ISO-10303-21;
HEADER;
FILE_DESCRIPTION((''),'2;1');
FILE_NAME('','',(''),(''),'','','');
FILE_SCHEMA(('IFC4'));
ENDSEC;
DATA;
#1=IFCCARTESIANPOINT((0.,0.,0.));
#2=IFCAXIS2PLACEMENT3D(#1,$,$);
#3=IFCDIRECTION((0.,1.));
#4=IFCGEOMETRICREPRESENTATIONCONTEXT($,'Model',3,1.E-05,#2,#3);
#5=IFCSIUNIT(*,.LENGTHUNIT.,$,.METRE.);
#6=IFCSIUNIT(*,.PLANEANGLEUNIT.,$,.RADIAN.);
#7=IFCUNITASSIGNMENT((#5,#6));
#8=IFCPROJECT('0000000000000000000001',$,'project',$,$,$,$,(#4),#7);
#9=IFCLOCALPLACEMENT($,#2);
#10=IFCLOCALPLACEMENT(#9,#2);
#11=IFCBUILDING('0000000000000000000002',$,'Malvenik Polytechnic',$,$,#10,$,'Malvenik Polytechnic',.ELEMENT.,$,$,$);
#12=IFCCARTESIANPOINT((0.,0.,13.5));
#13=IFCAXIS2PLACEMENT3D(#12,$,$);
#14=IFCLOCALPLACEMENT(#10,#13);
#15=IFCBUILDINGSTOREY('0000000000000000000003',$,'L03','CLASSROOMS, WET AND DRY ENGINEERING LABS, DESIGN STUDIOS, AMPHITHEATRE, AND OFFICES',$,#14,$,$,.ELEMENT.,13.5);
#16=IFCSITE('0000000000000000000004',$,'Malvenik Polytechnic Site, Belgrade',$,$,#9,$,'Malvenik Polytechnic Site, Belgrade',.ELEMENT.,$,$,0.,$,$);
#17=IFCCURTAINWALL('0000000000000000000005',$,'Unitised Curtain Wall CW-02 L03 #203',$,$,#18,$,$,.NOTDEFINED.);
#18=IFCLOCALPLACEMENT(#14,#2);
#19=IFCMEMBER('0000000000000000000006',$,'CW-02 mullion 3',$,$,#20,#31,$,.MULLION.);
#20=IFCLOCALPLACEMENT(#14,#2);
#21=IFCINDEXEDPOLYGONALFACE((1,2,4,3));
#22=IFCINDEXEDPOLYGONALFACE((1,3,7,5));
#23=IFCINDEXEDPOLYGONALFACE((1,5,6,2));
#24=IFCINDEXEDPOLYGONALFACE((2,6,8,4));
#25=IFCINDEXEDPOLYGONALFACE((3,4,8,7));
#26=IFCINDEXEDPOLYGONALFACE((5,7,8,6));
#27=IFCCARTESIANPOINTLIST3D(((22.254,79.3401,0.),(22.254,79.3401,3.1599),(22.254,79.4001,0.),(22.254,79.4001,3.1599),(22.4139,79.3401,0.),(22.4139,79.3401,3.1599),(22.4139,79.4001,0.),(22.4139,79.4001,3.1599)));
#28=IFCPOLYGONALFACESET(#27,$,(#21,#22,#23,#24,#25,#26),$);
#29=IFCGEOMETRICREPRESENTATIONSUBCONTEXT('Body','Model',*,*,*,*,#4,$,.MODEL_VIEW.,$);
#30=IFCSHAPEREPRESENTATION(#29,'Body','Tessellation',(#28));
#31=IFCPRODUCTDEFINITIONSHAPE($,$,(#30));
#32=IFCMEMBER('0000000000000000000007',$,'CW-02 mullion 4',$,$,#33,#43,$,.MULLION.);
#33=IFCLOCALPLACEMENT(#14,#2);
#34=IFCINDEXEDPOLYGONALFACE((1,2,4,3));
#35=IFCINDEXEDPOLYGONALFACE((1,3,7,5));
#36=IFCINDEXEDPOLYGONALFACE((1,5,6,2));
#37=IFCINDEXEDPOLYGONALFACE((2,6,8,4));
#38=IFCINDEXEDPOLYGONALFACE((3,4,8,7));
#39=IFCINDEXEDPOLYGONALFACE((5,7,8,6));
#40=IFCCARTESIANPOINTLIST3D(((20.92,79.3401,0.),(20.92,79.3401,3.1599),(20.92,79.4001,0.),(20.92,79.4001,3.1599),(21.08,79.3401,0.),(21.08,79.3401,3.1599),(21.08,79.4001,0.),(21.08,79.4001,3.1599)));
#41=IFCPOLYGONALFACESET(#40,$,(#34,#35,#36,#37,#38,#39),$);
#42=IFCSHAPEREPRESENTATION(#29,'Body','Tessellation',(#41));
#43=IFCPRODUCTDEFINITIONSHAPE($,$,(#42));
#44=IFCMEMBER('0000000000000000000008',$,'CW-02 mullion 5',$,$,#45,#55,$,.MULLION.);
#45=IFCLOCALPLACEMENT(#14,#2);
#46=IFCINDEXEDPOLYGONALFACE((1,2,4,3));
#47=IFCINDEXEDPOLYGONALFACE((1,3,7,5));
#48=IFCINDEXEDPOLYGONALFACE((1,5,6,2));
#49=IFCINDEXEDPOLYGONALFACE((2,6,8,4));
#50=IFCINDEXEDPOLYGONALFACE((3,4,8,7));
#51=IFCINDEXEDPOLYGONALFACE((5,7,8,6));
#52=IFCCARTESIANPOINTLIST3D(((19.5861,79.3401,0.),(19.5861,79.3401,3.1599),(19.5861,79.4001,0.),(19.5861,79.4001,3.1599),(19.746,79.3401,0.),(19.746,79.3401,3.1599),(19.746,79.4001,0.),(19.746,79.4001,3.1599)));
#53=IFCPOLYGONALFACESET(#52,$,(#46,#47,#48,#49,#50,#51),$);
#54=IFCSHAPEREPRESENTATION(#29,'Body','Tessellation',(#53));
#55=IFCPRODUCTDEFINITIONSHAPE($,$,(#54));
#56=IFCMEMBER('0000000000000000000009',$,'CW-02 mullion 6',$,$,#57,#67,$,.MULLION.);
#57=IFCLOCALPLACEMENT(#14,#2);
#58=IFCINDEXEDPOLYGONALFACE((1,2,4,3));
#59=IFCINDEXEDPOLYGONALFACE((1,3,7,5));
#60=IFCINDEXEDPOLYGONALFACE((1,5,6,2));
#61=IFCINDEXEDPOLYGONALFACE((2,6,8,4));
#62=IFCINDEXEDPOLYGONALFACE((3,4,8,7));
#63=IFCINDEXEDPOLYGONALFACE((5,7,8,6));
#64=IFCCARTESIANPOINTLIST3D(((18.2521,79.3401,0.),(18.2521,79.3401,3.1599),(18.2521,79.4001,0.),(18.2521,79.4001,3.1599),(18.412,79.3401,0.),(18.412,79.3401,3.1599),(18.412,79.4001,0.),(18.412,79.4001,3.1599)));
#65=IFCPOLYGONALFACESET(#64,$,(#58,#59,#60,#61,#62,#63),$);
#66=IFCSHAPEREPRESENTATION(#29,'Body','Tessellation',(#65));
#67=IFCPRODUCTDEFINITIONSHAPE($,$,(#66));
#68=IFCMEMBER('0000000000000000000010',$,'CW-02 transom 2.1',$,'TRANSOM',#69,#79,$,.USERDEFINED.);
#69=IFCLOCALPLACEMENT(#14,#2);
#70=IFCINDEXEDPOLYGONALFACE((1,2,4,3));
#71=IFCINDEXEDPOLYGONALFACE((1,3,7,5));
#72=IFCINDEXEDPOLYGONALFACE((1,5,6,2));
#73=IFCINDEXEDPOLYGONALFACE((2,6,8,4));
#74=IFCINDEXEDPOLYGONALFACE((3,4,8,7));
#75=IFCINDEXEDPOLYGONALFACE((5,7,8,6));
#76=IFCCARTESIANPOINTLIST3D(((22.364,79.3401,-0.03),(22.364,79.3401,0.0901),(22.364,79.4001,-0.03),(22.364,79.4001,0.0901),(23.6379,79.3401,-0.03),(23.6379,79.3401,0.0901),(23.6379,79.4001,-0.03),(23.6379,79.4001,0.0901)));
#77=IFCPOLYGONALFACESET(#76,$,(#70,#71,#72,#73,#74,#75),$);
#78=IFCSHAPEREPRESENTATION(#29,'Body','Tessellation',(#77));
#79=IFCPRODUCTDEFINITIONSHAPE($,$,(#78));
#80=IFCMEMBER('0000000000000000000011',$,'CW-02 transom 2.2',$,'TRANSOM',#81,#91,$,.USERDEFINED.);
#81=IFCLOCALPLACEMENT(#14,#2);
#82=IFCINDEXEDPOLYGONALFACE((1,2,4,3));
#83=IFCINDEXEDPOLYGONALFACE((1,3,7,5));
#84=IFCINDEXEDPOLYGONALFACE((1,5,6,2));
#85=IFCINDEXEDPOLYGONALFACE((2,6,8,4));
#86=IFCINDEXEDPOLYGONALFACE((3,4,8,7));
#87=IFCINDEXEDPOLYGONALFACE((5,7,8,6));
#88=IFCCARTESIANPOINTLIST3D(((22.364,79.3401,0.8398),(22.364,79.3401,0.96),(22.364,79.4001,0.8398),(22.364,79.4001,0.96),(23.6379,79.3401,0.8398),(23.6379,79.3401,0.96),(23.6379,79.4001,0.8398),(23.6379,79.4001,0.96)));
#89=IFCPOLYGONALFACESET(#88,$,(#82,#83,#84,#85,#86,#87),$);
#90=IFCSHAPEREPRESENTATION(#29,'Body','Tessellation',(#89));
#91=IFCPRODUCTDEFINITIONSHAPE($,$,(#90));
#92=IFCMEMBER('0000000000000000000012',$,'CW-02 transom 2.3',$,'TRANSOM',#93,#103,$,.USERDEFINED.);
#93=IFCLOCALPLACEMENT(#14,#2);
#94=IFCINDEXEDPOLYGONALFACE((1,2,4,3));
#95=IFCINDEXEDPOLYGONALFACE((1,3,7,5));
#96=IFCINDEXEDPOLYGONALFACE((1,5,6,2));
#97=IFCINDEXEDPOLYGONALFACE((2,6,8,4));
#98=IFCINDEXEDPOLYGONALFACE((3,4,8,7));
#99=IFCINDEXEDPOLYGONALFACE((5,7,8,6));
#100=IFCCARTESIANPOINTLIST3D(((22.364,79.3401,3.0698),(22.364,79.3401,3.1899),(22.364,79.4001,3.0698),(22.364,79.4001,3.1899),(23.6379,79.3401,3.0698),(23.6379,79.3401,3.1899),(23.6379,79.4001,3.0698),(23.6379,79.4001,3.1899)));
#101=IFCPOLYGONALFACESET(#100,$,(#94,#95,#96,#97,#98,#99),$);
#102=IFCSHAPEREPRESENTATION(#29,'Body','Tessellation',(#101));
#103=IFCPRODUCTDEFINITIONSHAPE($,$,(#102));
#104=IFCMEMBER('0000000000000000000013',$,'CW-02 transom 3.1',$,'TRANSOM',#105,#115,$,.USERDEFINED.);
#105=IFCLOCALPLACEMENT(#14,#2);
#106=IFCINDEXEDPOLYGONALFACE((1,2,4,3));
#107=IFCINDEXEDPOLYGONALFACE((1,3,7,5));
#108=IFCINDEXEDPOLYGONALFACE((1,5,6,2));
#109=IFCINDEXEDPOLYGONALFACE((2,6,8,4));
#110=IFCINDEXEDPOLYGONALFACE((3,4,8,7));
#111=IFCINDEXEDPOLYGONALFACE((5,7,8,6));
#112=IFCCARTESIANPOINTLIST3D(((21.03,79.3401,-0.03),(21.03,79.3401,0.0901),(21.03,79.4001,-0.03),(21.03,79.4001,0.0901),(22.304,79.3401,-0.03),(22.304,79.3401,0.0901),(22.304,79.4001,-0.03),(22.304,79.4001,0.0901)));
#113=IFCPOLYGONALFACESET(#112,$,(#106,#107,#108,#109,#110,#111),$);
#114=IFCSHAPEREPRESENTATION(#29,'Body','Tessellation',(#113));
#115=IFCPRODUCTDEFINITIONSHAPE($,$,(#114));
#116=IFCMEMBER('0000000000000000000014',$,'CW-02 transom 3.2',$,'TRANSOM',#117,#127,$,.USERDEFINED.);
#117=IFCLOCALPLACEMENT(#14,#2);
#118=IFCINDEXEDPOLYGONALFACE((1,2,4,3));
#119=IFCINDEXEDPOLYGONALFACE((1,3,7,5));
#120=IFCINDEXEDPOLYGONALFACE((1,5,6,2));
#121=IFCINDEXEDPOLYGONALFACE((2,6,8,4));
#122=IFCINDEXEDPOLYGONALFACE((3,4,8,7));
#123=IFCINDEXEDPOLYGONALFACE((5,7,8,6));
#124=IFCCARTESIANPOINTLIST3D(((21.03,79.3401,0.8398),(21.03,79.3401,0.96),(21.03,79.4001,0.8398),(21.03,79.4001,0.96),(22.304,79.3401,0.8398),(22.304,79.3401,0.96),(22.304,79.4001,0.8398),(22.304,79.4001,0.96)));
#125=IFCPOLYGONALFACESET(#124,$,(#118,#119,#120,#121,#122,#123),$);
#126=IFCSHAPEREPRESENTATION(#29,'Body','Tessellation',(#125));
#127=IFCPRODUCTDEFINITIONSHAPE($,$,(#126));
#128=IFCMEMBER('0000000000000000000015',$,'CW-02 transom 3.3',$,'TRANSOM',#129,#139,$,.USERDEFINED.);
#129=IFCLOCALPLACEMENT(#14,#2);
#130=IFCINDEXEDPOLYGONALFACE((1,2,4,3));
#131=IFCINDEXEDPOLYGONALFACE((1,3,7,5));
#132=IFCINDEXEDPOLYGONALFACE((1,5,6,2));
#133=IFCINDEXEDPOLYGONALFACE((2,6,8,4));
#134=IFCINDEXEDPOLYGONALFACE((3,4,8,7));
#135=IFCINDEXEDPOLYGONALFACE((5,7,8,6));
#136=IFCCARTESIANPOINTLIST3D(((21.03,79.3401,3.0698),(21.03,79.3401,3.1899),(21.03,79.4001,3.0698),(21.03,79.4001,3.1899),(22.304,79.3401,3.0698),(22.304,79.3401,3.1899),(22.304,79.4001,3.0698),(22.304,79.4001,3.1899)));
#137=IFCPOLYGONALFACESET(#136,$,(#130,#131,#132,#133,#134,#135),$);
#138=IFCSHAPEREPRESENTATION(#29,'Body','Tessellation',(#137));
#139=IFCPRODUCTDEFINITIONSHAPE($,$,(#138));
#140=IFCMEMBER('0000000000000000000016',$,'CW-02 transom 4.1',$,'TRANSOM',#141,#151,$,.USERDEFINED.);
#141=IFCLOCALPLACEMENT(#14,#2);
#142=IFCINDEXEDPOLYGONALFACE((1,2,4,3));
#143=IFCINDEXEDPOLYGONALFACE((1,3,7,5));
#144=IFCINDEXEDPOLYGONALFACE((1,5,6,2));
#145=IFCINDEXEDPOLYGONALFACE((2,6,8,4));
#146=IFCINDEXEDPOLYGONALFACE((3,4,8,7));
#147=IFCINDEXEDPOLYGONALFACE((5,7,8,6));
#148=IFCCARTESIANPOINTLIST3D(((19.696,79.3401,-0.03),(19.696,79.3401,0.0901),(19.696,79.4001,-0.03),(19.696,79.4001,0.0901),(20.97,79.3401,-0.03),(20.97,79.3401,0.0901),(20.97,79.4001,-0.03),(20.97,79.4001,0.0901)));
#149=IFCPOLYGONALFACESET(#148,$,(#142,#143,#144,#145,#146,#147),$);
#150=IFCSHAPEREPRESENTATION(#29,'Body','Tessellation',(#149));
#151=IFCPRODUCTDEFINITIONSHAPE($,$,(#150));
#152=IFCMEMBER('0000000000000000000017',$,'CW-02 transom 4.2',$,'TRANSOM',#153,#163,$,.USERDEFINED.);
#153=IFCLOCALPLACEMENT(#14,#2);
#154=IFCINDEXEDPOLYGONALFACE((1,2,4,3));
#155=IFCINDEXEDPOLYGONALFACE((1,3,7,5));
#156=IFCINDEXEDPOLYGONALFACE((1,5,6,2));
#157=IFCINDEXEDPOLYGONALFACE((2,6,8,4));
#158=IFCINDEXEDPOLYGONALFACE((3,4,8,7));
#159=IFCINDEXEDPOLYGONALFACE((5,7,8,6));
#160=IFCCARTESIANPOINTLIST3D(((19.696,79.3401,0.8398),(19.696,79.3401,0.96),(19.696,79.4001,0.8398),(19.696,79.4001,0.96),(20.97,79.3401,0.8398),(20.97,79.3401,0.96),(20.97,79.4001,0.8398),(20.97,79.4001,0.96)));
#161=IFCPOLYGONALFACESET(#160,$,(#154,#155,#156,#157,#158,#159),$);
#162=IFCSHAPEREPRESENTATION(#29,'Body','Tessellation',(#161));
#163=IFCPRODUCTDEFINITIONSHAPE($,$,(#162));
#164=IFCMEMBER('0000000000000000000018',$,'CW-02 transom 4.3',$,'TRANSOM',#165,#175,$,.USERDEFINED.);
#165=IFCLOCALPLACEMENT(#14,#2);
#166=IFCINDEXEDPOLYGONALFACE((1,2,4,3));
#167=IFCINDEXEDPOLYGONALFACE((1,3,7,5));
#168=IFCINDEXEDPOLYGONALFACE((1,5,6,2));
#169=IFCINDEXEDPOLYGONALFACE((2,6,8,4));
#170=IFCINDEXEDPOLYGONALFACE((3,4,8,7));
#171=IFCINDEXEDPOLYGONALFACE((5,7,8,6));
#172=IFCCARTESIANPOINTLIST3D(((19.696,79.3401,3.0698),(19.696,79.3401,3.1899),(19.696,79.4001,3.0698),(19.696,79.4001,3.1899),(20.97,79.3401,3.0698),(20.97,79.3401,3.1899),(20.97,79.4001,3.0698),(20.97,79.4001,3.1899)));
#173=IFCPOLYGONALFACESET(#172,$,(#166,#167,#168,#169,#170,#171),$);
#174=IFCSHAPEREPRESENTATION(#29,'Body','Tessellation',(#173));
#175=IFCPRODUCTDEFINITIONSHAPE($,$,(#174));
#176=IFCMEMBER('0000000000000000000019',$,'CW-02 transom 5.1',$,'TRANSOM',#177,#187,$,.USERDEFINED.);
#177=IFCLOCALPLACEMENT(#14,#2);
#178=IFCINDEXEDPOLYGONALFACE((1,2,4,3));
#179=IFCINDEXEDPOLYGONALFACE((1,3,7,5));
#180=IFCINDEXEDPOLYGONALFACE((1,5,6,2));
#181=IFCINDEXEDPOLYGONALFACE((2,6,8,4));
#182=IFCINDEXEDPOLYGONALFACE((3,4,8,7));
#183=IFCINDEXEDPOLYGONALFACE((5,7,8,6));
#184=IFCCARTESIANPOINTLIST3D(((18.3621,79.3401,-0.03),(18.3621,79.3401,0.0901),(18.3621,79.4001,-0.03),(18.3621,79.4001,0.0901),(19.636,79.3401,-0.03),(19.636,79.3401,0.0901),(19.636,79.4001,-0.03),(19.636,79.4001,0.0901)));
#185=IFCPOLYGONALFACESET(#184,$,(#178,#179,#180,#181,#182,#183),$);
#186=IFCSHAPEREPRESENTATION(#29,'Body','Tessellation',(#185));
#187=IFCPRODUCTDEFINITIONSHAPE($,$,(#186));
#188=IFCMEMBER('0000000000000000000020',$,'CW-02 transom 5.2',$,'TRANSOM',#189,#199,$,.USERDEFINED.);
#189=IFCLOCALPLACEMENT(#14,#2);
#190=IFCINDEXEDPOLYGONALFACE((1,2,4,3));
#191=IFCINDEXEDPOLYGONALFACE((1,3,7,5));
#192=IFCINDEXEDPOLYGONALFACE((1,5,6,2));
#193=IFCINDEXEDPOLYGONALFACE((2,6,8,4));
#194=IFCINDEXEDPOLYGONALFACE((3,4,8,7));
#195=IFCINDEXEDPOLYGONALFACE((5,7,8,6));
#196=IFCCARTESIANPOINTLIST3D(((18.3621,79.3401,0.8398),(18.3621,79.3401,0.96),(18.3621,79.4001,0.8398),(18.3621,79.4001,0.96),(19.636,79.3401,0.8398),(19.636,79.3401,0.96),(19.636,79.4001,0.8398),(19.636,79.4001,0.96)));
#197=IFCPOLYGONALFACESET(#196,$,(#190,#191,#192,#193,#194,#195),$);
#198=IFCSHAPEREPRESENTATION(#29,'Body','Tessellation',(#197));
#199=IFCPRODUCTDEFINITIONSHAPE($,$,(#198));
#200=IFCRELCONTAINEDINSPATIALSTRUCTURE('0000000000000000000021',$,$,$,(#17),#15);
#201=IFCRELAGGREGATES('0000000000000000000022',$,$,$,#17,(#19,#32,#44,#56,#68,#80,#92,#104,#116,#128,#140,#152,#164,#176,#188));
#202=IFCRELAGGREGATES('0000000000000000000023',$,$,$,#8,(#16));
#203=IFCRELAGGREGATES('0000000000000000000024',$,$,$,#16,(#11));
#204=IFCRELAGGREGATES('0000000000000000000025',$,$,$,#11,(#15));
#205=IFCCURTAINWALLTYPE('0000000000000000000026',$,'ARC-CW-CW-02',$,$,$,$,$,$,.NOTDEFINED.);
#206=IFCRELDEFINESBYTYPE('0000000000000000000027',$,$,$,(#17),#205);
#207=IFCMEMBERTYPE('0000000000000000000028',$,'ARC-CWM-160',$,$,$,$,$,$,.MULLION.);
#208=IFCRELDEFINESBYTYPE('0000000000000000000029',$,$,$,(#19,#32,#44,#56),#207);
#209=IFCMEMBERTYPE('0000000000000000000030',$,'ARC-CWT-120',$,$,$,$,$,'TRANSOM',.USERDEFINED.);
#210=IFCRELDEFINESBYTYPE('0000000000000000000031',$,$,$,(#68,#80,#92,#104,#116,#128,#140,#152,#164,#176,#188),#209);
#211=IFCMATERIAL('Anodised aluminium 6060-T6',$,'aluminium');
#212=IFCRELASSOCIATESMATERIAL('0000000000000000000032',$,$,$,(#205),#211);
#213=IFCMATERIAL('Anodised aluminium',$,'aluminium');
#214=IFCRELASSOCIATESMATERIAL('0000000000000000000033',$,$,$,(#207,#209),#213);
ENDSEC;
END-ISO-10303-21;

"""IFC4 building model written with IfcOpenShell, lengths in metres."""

from ifc_helpers import new_model, si_unit, direction, frame, origin, origin_2d, place, context, subcontext, project, spatial, rectangle, extrude, material, material_profile, profile_set, type_object, element, aggregate, save


model = new_model("IFC4")

# Units and contexts
model_context = context("Model", 3, precision=1e-05, world=origin(), true_north=direction((0.0, 1.0)))
body_context = subcontext(model_context, "Body", "Model", "MODEL_VIEW")
ifc_project = project(units=[si_unit("LENGTHUNIT", "METRE"), si_unit("PLANEANGLEUNIT", "RADIAN")], contexts=[model_context])

# Site, building, storey
site_placement = place(None, origin())
site = spatial("IfcSite", under=ifc_project, at=site_placement, Name="Malvenik Polytechnic Site, Belgrade", LongName="Malvenik Polytechnic Site, Belgrade", CompositionType="ELEMENT", RefElevation=0.0)
building_placement = place(site_placement, origin())
building = spatial("IfcBuilding", under=site, at=building_placement, Name="Malvenik Polytechnic", LongName="Malvenik Polytechnic", CompositionType="ELEMENT")
storey_placement = place(building_placement, frame((0.0, 0.0, 13.5)))
storey = spatial("IfcBuildingStorey", under=building, at=storey_placement, Name="L03", Description="CLASSROOMS, WET AND DRY ENGINEERING LABS, DESIGN STUDIOS, AMPHITHEATRE, AND OFFICES", CompositionType="ELEMENT", Elevation=13.5)

# Curtain wall, members
ifc_material_1 = material(Name="Anodised aluminium 6060-T6", Category="aluminium")
curtain_wall_type = type_object("IfcCurtainWallType", Name="ARC-CW-CW-02", PredefinedType="NOTDEFINED", material=ifc_material_1)
curtain_wall_placement = place(storey_placement, origin())
curtain_wall = element("IfcCurtainWall", 1, at=curtain_wall_placement, inside=storey, type_object=curtain_wall_type, Name="Unitised Curtain Wall CW-02 L03 #203", PredefinedType="NOTDEFINED")
ifc_material_2 = material(Name="Anodised aluminium", Category="aluminium")
ifc_material_profile_1 = material_profile(ifc_material_2, rectangle(XDim=0.0601, YDim=0.1599, at=origin_2d()), Name="ALU MULLION 60x160")
ifc_profile_set_1 = profile_set([ifc_material_profile_1], Name="Anodised aluminium")
member_type_1 = type_object("IfcMemberType", Name="ARC-CWM-160", PredefinedType="MULLION", material=ifc_profile_set_1)
member_1_placement = place(storey_placement, frame((22.334, 79.3701, 0.0), z_axis=(0.0, 0.0, 1.0), x_axis=(0.0, -1.0, 0.0)))
member_1 = element("IfcMember", 2, at=member_1_placement, type_object=member_type_1, Name="CW-02 mullion 3", PredefinedType="MULLION", context=body_context, shape_type="SweptSolid", body=[
    extrude(rectangle(XDim=0.0601, YDim=0.1599, at=origin_2d()), origin(), (0.0, 0.0, 1.0), 3.1599),
])
member_2_placement = place(storey_placement, frame((21.0, 79.3701, 0.0), z_axis=(0.0, 0.0, 1.0), x_axis=(0.0, -1.0, 0.0)))
member_2 = element("IfcMember", 3, at=member_2_placement, type_object=member_type_1, Name="CW-02 mullion 4", PredefinedType="MULLION", context=body_context, shape_type="SweptSolid", body=[
    extrude(rectangle(XDim=0.0601, YDim=0.1599, at=origin_2d()), origin(), (0.0, 0.0, 1.0), 3.1599),
])
member_3_placement = place(storey_placement, frame((19.666, 79.3701, 0.0), z_axis=(0.0, 0.0, 1.0), x_axis=(0.0, -1.0, 0.0)))
member_3 = element("IfcMember", 4, at=member_3_placement, type_object=member_type_1, Name="CW-02 mullion 5", PredefinedType="MULLION", context=body_context, shape_type="SweptSolid", body=[
    extrude(rectangle(XDim=0.0601, YDim=0.1599, at=origin_2d()), origin(), (0.0, 0.0, 1.0), 3.1599),
])
member_4_placement = place(storey_placement, frame((18.332, 79.3701, 0.0), z_axis=(0.0, 0.0, 1.0), x_axis=(0.0, -1.0, 0.0)))
member_4 = element("IfcMember", 5, at=member_4_placement, type_object=member_type_1, Name="CW-02 mullion 6", PredefinedType="MULLION", context=body_context, shape_type="SweptSolid", body=[
    extrude(rectangle(XDim=0.0601, YDim=0.1599, at=origin_2d()), origin(), (0.0, 0.0, 1.0), 3.1599),
])
ifc_material_profile_2 = material_profile(ifc_material_2, rectangle(XDim=0.0601, YDim=0.1201, at=origin_2d()), Name="ALU TRANSOM 60x120")
ifc_profile_set_2 = profile_set([ifc_material_profile_2], Name="Anodised aluminium")
member_type_2 = type_object("IfcMemberType", Name="ARC-CWT-120", ElementType="TRANSOM", PredefinedType="USERDEFINED", material=ifc_profile_set_2)
member_5_placement = place(storey_placement, frame((23.6379, 79.3701, 0.03), z_axis=(-1.0, 0.0, 0.0), x_axis=(0.0, -1.0, 0.0)))
member_5 = element("IfcMember", 6, at=member_5_placement, type_object=member_type_2, Name="CW-02 transom 2.1", ObjectType="TRANSOM", PredefinedType="USERDEFINED", context=body_context, shape_type="SweptSolid", body=[
    extrude(rectangle(XDim=0.0601, YDim=0.1201, at=origin_2d()), origin(), (0.0, 0.0, 1.0), 1.2739),
])
member_6_placement = place(storey_placement, frame((23.6379, 79.3701, 0.8999), z_axis=(-1.0, 0.0, 0.0), x_axis=(0.0, -1.0, 0.0)))
member_6 = element("IfcMember", 7, at=member_6_placement, type_object=member_type_2, Name="CW-02 transom 2.2", ObjectType="TRANSOM", PredefinedType="USERDEFINED", context=body_context, shape_type="SweptSolid", body=[
    extrude(rectangle(XDim=0.0601, YDim=0.1201, at=origin_2d()), origin(), (0.0, 0.0, 1.0), 1.2739),
])
member_7_placement = place(storey_placement, frame((23.6379, 79.3701, 3.1299), z_axis=(-1.0, 0.0, 0.0), x_axis=(0.0, -1.0, 0.0)))
member_7 = element("IfcMember", 8, at=member_7_placement, type_object=member_type_2, Name="CW-02 transom 2.3", ObjectType="TRANSOM", PredefinedType="USERDEFINED", context=body_context, shape_type="SweptSolid", body=[
    extrude(rectangle(XDim=0.0601, YDim=0.1201, at=origin_2d()), origin(), (0.0, 0.0, 1.0), 1.2739),
])
member_8_placement = place(storey_placement, frame((22.304, 79.3701, 0.03), z_axis=(-1.0, 0.0, 0.0), x_axis=(0.0, -1.0, 0.0)))
member_8 = element("IfcMember", 9, at=member_8_placement, type_object=member_type_2, Name="CW-02 transom 3.1", ObjectType="TRANSOM", PredefinedType="USERDEFINED", context=body_context, shape_type="SweptSolid", body=[
    extrude(rectangle(XDim=0.0601, YDim=0.1201, at=origin_2d()), origin(), (0.0, 0.0, 1.0), 1.2739),
])
member_9_placement = place(storey_placement, frame((22.304, 79.3701, 0.8999), z_axis=(-1.0, 0.0, 0.0), x_axis=(0.0, -1.0, 0.0)))
member_9 = element("IfcMember", 10, at=member_9_placement, type_object=member_type_2, Name="CW-02 transom 3.2", ObjectType="TRANSOM", PredefinedType="USERDEFINED", context=body_context, shape_type="SweptSolid", body=[
    extrude(rectangle(XDim=0.0601, YDim=0.1201, at=origin_2d()), origin(), (0.0, 0.0, 1.0), 1.2739),
])
member_10_placement = place(storey_placement, frame((22.304, 79.3701, 3.1299), z_axis=(-1.0, 0.0, 0.0), x_axis=(0.0, -1.0, 0.0)))
member_10 = element("IfcMember", 11, at=member_10_placement, type_object=member_type_2, Name="CW-02 transom 3.3", ObjectType="TRANSOM", PredefinedType="USERDEFINED", context=body_context, shape_type="SweptSolid", body=[
    extrude(rectangle(XDim=0.0601, YDim=0.1201, at=origin_2d()), origin(), (0.0, 0.0, 1.0), 1.2739),
])
member_11_placement = place(storey_placement, frame((20.97, 79.3701, 0.03), z_axis=(-1.0, 0.0, 0.0), x_axis=(0.0, -1.0, 0.0)))
member_11 = element("IfcMember", 12, at=member_11_placement, type_object=member_type_2, Name="CW-02 transom 4.1", ObjectType="TRANSOM", PredefinedType="USERDEFINED", context=body_context, shape_type="SweptSolid", body=[
    extrude(rectangle(XDim=0.0601, YDim=0.1201, at=origin_2d()), origin(), (0.0, 0.0, 1.0), 1.2739),
])
member_12_placement = place(storey_placement, frame((20.97, 79.3701, 0.8999), z_axis=(-1.0, 0.0, 0.0), x_axis=(0.0, -1.0, 0.0)))
member_12 = element("IfcMember", 13, at=member_12_placement, type_object=member_type_2, Name="CW-02 transom 4.2", ObjectType="TRANSOM", PredefinedType="USERDEFINED", context=body_context, shape_type="SweptSolid", body=[
    extrude(rectangle(XDim=0.0601, YDim=0.1201, at=origin_2d()), origin(), (0.0, 0.0, 1.0), 1.2739),
])
member_13_placement = place(storey_placement, frame((20.97, 79.3701, 3.1299), z_axis=(-1.0, 0.0, 0.0), x_axis=(0.0, -1.0, 0.0)))
member_13 = element("IfcMember", 14, at=member_13_placement, type_object=member_type_2, Name="CW-02 transom 4.3", ObjectType="TRANSOM", PredefinedType="USERDEFINED", context=body_context, shape_type="SweptSolid", body=[
    extrude(rectangle(XDim=0.0601, YDim=0.1201, at=origin_2d()), origin(), (0.0, 0.0, 1.0), 1.2739),
])
member_14_placement = place(storey_placement, frame((19.636, 79.3701, 0.03), z_axis=(-1.0, 0.0, 0.0), x_axis=(0.0, -1.0, 0.0)))
member_14 = element("IfcMember", 15, at=member_14_placement, type_object=member_type_2, Name="CW-02 transom 5.1", ObjectType="TRANSOM", PredefinedType="USERDEFINED", context=body_context, shape_type="SweptSolid", body=[
    extrude(rectangle(XDim=0.0601, YDim=0.1201, at=origin_2d()), origin(), (0.0, 0.0, 1.0), 1.2739),
])
member_15_placement = place(storey_placement, frame((19.636, 79.3701, 0.8999), z_axis=(-1.0, 0.0, 0.0), x_axis=(0.0, -1.0, 0.0)))
member_15 = element("IfcMember", 16, at=member_15_placement, type_object=member_type_2, Name="CW-02 transom 5.2", ObjectType="TRANSOM", PredefinedType="USERDEFINED", context=body_context, shape_type="SweptSolid", body=[
    extrude(rectangle(XDim=0.0601, YDim=0.1201, at=origin_2d()), origin(), (0.0, 0.0, 1.0), 1.2739),
])
aggregate(curtain_wall, [member_1, member_2, member_3, member_4, member_5, member_6, member_7, member_8, member_9, member_10, member_11, member_12, member_13, member_14, member_15])

save(model, "model.ifc")
